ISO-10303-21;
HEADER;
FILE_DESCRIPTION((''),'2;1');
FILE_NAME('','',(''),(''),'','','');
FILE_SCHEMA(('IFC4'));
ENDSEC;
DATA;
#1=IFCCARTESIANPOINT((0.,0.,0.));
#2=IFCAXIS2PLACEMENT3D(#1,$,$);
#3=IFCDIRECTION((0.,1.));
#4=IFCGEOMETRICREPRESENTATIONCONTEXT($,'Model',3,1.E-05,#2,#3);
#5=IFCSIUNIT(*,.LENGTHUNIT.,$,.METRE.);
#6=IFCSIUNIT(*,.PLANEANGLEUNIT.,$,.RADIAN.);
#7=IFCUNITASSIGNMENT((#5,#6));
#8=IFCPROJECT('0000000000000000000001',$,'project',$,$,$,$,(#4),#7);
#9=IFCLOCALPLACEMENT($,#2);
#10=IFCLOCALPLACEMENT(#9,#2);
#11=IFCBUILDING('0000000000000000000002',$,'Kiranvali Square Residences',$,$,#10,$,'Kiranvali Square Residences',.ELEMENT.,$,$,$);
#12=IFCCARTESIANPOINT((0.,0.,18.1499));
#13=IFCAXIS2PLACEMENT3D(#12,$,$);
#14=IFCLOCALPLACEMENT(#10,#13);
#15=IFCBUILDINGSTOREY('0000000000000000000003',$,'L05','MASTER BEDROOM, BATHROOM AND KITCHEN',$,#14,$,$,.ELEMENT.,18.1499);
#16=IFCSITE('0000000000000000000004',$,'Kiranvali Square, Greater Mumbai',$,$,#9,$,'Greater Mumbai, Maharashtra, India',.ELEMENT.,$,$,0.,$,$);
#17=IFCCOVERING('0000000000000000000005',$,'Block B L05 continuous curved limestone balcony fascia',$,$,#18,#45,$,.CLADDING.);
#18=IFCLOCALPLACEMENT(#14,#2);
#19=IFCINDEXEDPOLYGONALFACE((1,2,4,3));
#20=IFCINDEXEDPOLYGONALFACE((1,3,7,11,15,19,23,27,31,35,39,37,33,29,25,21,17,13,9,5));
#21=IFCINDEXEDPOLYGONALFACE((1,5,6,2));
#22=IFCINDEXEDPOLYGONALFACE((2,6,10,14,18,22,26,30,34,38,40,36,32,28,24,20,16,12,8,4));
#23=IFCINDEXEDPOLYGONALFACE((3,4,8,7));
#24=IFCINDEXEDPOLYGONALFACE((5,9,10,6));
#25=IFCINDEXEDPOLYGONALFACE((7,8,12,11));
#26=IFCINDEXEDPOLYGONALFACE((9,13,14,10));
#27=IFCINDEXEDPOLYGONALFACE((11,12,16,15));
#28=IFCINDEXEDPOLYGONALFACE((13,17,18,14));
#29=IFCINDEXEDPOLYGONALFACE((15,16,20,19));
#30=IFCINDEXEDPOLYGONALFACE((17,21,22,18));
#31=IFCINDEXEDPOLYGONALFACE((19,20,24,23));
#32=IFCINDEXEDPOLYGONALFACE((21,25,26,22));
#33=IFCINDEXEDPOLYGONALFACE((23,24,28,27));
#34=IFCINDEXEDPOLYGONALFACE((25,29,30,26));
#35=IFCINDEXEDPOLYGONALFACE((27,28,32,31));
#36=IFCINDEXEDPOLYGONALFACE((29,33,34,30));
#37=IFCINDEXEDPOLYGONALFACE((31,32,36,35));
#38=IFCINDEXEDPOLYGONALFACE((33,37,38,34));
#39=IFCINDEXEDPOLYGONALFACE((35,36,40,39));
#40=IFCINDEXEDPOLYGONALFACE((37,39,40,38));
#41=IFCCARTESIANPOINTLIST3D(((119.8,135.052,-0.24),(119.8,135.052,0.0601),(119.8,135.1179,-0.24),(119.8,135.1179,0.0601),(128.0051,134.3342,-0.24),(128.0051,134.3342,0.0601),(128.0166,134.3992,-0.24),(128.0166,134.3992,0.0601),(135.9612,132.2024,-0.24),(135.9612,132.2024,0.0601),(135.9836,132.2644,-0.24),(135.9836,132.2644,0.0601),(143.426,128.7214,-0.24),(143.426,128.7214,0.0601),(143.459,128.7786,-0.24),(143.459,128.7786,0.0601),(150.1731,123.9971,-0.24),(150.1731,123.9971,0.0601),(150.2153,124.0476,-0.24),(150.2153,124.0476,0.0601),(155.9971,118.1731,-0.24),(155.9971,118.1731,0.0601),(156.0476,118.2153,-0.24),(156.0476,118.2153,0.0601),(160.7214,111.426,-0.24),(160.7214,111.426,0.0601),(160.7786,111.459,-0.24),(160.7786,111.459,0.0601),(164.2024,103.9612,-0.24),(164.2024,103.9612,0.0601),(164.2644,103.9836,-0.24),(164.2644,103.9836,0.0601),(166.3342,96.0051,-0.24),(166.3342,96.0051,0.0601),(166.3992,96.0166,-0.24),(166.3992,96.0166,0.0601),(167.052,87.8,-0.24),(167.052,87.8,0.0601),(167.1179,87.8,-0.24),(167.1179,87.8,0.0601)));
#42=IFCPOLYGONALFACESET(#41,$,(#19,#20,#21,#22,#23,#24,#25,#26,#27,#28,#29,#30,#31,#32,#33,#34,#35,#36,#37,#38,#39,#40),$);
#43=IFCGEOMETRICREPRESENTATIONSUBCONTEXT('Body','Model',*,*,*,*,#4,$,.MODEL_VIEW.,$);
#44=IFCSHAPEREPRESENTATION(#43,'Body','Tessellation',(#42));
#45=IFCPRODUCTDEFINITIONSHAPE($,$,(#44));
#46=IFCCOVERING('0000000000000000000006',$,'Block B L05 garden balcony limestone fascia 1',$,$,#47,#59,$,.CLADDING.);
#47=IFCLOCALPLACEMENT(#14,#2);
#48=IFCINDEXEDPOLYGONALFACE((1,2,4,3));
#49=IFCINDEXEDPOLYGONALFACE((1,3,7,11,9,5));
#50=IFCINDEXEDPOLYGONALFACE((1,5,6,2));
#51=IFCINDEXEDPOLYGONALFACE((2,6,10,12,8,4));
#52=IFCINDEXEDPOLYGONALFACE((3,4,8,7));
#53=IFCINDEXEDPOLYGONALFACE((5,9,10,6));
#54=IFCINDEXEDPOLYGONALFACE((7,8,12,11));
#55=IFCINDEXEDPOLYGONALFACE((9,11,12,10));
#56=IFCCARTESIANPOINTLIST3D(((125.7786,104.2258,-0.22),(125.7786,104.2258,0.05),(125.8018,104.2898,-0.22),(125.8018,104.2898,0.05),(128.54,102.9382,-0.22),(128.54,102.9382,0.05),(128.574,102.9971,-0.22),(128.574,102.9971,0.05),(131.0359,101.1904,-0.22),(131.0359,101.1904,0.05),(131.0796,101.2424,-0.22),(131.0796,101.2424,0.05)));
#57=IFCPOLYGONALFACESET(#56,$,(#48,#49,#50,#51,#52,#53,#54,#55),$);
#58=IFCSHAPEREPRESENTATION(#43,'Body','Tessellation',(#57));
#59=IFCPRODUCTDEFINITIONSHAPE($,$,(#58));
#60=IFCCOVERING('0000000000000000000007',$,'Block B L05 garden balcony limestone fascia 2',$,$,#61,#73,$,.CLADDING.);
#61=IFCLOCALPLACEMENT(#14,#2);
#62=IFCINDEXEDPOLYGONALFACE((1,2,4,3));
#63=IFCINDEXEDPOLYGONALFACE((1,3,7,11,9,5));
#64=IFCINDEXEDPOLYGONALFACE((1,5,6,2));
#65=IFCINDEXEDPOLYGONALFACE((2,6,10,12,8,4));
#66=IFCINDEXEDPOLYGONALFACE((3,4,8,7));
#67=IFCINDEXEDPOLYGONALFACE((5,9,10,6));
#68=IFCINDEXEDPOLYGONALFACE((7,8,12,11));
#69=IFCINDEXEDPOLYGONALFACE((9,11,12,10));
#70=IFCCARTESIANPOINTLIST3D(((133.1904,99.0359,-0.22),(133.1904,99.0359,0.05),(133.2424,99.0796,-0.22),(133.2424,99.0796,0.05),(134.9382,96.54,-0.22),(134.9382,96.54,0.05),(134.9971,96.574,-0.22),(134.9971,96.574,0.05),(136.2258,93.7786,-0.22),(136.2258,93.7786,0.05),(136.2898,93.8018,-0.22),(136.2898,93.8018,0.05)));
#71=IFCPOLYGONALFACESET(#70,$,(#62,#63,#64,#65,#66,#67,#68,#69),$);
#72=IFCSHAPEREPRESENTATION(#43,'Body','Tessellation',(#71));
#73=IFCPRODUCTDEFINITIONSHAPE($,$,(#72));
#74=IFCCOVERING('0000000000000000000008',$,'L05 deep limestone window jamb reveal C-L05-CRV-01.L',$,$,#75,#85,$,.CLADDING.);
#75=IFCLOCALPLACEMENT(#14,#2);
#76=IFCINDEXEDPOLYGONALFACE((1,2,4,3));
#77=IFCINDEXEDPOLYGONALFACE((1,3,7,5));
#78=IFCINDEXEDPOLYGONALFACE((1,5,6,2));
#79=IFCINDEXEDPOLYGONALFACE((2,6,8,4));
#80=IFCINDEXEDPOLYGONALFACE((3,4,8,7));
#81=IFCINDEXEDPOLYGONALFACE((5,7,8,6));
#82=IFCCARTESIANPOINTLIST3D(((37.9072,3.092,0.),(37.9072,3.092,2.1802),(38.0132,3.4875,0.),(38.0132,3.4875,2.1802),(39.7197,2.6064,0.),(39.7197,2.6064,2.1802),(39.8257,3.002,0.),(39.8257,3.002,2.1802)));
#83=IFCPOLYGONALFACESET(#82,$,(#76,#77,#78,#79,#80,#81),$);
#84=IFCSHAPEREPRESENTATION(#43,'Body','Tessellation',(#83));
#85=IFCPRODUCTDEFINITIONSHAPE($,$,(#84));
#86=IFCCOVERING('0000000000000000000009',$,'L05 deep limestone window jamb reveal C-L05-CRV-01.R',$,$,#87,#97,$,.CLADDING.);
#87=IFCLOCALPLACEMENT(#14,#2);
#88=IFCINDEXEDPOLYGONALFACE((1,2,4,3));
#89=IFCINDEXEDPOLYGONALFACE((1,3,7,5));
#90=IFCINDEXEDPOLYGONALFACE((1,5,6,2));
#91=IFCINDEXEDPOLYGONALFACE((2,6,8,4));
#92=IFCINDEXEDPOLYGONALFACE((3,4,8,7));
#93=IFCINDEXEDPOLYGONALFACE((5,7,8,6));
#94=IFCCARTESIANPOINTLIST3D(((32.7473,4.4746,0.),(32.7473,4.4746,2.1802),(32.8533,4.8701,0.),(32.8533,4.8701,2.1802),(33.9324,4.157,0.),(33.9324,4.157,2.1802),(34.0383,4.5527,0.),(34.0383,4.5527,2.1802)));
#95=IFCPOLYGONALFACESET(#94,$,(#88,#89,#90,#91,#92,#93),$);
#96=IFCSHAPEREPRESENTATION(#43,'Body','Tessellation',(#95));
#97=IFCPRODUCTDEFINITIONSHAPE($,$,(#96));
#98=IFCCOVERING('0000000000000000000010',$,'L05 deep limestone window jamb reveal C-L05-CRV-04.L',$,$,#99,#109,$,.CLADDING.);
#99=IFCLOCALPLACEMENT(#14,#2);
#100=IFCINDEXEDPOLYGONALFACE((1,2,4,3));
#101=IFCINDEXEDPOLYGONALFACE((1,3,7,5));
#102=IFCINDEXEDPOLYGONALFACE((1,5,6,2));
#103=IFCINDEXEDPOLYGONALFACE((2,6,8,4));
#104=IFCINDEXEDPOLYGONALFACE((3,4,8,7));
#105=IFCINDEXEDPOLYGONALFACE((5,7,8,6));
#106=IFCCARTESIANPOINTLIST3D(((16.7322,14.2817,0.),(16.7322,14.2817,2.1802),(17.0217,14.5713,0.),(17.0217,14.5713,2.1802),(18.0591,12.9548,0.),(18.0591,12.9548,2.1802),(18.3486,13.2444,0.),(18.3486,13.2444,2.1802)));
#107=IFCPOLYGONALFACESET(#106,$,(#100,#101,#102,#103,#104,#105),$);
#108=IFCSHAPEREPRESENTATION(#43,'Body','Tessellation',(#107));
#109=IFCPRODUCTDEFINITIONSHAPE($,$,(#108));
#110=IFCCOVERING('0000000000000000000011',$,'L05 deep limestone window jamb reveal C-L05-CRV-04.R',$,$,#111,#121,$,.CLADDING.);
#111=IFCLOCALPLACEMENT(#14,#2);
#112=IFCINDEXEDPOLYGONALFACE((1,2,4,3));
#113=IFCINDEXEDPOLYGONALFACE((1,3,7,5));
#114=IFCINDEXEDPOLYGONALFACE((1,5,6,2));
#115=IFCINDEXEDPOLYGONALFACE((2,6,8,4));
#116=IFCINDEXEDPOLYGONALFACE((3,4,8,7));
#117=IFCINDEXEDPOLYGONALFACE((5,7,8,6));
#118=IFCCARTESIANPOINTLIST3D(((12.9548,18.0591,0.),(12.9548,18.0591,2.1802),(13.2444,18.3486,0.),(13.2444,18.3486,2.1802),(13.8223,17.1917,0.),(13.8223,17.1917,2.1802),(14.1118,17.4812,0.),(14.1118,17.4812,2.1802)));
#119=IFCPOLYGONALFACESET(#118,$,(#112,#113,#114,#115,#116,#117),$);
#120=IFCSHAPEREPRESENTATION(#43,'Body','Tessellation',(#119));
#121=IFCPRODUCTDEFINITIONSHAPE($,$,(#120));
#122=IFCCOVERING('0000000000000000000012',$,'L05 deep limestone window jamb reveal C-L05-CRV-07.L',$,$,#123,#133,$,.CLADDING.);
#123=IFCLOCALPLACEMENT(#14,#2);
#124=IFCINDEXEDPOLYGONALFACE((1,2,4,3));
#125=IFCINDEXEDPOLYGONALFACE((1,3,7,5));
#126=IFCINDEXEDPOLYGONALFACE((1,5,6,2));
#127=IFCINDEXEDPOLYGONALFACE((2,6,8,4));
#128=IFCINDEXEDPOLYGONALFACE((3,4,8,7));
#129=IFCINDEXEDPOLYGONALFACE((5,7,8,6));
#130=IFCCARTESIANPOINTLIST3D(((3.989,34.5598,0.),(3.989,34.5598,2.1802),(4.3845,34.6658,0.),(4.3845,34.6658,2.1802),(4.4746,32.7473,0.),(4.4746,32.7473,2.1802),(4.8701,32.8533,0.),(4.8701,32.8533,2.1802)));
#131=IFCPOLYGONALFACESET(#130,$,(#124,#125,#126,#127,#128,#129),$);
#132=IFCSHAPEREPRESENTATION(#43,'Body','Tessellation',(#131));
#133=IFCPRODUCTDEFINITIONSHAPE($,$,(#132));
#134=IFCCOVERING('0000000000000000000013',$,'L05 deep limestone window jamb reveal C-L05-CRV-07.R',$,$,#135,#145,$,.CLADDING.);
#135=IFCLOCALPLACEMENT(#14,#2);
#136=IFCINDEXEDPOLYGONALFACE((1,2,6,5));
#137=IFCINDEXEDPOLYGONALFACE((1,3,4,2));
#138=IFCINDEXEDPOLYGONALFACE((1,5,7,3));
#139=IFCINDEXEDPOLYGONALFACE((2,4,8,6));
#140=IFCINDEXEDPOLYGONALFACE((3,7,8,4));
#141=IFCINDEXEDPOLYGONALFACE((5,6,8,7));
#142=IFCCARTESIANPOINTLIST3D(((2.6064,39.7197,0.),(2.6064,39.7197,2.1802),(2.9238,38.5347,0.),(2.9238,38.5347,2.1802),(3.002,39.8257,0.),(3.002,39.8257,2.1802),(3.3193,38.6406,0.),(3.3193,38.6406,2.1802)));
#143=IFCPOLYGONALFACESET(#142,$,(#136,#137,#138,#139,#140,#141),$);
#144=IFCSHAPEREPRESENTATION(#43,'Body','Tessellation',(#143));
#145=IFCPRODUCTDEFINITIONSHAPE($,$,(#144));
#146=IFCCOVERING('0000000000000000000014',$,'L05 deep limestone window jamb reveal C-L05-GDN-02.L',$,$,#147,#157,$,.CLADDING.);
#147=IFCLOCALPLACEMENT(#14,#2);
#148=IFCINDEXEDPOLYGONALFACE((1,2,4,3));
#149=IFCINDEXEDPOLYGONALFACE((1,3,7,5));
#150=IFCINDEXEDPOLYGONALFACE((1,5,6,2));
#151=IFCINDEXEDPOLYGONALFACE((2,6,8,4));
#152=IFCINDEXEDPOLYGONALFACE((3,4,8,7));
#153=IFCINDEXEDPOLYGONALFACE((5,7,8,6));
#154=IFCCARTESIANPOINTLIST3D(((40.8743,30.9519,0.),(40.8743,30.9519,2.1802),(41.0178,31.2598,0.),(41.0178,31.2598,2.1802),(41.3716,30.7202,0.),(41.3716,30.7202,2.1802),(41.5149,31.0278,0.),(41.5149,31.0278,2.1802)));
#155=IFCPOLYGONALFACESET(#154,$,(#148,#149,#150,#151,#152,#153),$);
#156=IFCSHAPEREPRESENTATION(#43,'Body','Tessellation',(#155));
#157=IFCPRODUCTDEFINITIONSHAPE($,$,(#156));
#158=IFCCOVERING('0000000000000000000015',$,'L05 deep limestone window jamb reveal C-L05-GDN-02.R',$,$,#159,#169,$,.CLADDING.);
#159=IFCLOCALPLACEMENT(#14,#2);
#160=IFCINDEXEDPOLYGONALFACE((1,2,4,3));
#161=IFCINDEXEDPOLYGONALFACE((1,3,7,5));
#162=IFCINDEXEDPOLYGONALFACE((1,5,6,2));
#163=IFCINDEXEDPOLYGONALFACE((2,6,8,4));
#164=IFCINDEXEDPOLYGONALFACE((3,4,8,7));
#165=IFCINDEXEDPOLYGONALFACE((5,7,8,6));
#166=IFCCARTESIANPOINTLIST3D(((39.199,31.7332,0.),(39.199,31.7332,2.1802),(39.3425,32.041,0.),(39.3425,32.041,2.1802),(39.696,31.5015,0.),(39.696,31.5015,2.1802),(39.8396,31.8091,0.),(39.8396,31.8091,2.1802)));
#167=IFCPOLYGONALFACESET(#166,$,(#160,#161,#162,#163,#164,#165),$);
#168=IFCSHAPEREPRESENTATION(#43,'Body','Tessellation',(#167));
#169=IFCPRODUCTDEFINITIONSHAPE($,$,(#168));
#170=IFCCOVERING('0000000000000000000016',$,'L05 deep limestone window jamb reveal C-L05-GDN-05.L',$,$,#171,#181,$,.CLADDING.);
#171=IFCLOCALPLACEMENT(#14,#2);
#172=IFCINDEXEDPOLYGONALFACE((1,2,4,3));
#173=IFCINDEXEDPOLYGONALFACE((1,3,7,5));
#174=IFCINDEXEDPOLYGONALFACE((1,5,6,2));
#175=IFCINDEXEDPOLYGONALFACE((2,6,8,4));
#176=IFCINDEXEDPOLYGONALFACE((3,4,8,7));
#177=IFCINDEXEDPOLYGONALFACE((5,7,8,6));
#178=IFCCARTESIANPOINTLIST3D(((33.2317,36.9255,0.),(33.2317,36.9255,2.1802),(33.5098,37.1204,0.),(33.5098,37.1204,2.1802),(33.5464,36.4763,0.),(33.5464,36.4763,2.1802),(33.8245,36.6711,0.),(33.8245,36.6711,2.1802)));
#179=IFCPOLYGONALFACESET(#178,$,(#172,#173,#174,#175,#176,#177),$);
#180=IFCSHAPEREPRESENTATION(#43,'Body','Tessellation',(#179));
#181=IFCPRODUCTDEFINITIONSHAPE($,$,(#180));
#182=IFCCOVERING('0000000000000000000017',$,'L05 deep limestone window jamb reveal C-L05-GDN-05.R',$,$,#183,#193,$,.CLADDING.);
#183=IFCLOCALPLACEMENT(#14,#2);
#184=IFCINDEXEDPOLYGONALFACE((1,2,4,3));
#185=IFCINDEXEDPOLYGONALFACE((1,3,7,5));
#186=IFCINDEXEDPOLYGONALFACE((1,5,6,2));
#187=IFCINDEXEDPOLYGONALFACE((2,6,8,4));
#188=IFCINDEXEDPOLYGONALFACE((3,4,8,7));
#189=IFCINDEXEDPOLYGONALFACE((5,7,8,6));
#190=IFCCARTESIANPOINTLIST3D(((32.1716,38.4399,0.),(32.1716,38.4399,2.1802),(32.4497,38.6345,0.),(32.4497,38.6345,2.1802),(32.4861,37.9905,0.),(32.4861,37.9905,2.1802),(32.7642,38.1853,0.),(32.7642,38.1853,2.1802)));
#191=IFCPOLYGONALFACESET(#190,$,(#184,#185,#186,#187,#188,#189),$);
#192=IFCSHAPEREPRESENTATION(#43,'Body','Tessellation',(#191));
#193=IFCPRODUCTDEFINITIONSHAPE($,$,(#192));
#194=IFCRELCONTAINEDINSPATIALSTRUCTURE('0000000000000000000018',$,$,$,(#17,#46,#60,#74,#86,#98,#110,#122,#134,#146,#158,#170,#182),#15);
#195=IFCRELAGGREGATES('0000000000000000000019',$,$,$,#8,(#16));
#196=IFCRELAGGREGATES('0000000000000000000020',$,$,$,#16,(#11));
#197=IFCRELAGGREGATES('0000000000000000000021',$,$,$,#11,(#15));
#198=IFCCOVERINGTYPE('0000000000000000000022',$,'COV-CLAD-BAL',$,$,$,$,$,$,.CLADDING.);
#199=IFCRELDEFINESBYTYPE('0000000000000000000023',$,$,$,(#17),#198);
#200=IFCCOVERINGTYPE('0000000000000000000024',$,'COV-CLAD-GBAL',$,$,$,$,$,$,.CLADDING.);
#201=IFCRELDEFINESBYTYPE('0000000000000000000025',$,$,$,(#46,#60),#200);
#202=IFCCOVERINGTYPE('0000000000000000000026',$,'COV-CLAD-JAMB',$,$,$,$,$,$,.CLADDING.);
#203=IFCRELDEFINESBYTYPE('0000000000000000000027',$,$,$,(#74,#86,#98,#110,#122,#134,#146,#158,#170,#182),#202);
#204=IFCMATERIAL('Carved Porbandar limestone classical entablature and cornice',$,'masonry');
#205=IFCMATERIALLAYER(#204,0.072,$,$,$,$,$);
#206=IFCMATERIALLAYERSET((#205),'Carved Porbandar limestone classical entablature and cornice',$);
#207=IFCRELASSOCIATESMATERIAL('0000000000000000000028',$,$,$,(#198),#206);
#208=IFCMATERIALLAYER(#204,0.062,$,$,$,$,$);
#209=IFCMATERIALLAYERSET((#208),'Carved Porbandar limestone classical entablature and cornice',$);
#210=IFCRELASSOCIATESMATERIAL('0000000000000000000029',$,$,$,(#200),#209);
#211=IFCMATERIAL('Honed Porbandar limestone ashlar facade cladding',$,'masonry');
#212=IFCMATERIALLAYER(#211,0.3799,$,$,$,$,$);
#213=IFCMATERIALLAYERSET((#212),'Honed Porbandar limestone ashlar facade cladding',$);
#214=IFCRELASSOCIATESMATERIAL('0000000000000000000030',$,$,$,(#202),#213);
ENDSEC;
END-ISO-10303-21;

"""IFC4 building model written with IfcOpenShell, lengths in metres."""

from ifc_helpers import new_model, si_unit, direction, frame, origin, place, context, subcontext, project, spatial, polyline, outline, extrude, material, layer, layer_set, type_object, element, save


model = new_model("IFC4")

# Units and contexts
model_context = context("Model", 3, precision=1e-05, world=origin(), true_north=direction((0.0, 1.0)))
body_context = subcontext(model_context, "Body", "Model", "MODEL_VIEW")
ifc_project = project(units=[si_unit("LENGTHUNIT", "METRE"), si_unit("PLANEANGLEUNIT", "RADIAN")], contexts=[model_context])

# Site, building, storey
site_placement = place(None, origin())
site = spatial("IfcSite", under=ifc_project, at=site_placement, Name="Kiranvali Square, Greater Mumbai", LongName="Greater Mumbai, Maharashtra, India", CompositionType="ELEMENT", RefElevation=0.0)
building_placement = place(site_placement, origin())
building = spatial("IfcBuilding", under=site, at=building_placement, Name="Kiranvali Square Residences", LongName="Kiranvali Square Residences", CompositionType="ELEMENT")
storey_placement = place(building_placement, frame((0.0, 0.0, 18.1499)))
storey = spatial("IfcBuildingStorey", under=building, at=storey_placement, Name="L05", Description="MASTER BEDROOM, BATHROOM AND KITCHEN", CompositionType="ELEMENT", Elevation=18.1499)

# Coverings
ifc_material_1 = material(Name="Carved Porbandar limestone classical entablature and cornice", Category="masonry")
ifc_layer_1 = layer(ifc_material_1, 0.072)
ifc_layer_set_1 = layer_set([ifc_layer_1], Name="Carved Porbandar limestone classical entablature and cornice")
covering_type_1 = type_object("IfcCoveringType", Name="COV-CLAD-BAL", PredefinedType="CLADDING", material=ifc_layer_set_1)
covering_1_placement = place(storey_placement, frame((0.0, 0.0, -0.24)))
element("IfcCovering", 1, at=covering_1_placement, inside=storey, type_object=covering_type_1, Name="Block B L05 continuous curved limestone balcony fascia", PredefinedType="CLADDING", context=body_context, shape_type="SweptSolid", body=[
    extrude(outline(polyline([(119.8, 135.052), (128.0051, 134.3342), (135.9612, 132.2024), (143.426, 128.7214), (150.1731, 123.9971), (155.9971, 118.1731), (160.7214, 111.426), (164.2024, 103.9612), (166.3342, 96.0051), (167.052, 87.8), (167.1179, 87.8), (166.3992, 96.0166), (164.2644, 103.9836), (160.7786, 111.459), (156.0476, 118.2153), (150.2153, 124.0476), (143.459, 128.7786), (135.9836, 132.2644), (128.0166, 134.3992), (119.8, 135.1179), (119.8, 135.052)])), origin(), (0.0, 0.0, 1.0), 0.3),
])
ifc_layer_2 = layer(ifc_material_1, 0.062)
ifc_layer_set_2 = layer_set([ifc_layer_2], Name="Carved Porbandar limestone classical entablature and cornice")
covering_type_2 = type_object("IfcCoveringType", Name="COV-CLAD-GBAL", PredefinedType="CLADDING", material=ifc_layer_set_2)
covering_2_placement = place(storey_placement, frame((0.0, 0.0, -0.22)))
element("IfcCovering", 2, at=covering_2_placement, inside=storey, type_object=covering_type_2, Name="Block B L05 garden balcony limestone fascia 1", PredefinedType="CLADDING", context=body_context, shape_type="SweptSolid", body=[
    extrude(outline(polyline([(125.7786, 104.2258), (128.54, 102.9382), (131.0359, 101.1904), (131.0796, 101.2424), (128.574, 102.9971), (125.8018, 104.2898), (125.7786, 104.2258)])), origin(), (0.0, 0.0, 1.0), 0.27),
])
covering_3_placement = place(storey_placement, frame((0.0, 0.0, -0.22)))
element("IfcCovering", 3, at=covering_3_placement, inside=storey, type_object=covering_type_2, Name="Block B L05 garden balcony limestone fascia 2", PredefinedType="CLADDING", context=body_context, shape_type="SweptSolid", body=[
    extrude(outline(polyline([(133.1904, 99.0359), (134.9382, 96.54), (136.2258, 93.7786), (136.2898, 93.8018), (134.9971, 96.574), (133.2424, 99.0796), (133.1904, 99.0359)])), origin(), (0.0, 0.0, 1.0), 0.27),
])
ifc_material_2 = material(Name="Honed Porbandar limestone ashlar facade cladding", Category="masonry")
ifc_layer_3 = layer(ifc_material_2, 0.3799)
ifc_layer_set_3 = layer_set([ifc_layer_3], Name="Honed Porbandar limestone ashlar facade cladding")
covering_type_3 = type_object("IfcCoveringType", Name="COV-CLAD-JAMB", PredefinedType="CLADDING", material=ifc_layer_set_3)
covering_4_placement = place(storey_placement, origin())
element("IfcCovering", 4, at=covering_4_placement, inside=storey, type_object=covering_type_3, Name="L05 deep limestone window jamb reveal C-L05-CRV-01.L", PredefinedType="CLADDING", context=body_context, shape_type="SweptSolid", body=[
    extrude(outline(polyline([(39.8257, 3.002), (38.0132, 3.4875), (37.9072, 3.092), (39.7197, 2.6064), (39.8257, 3.002)])), origin(), (0.0, 0.0, 1.0), 2.1802),
])
covering_5_placement = place(storey_placement, origin())
element("IfcCovering", 5, at=covering_5_placement, inside=storey, type_object=covering_type_3, Name="L05 deep limestone window jamb reveal C-L05-CRV-01.R", PredefinedType="CLADDING", context=body_context, shape_type="SweptSolid", body=[
    extrude(outline(polyline([(34.0383, 4.5527), (32.8533, 4.8701), (32.7473, 4.4746), (33.9324, 4.157), (34.0383, 4.5527)])), origin(), (0.0, 0.0, 1.0), 2.1802),
])
covering_6_placement = place(storey_placement, origin())
element("IfcCovering", 6, at=covering_6_placement, inside=storey, type_object=covering_type_3, Name="L05 deep limestone window jamb reveal C-L05-CRV-04.L", PredefinedType="CLADDING", context=body_context, shape_type="SweptSolid", body=[
    extrude(outline(polyline([(18.3486, 13.2444), (17.0217, 14.5713), (16.7322, 14.2817), (18.0591, 12.9548), (18.3486, 13.2444)])), origin(), (0.0, 0.0, 1.0), 2.1802),
])
covering_7_placement = place(storey_placement, origin())
element("IfcCovering", 7, at=covering_7_placement, inside=storey, type_object=covering_type_3, Name="L05 deep limestone window jamb reveal C-L05-CRV-04.R", PredefinedType="CLADDING", context=body_context, shape_type="SweptSolid", body=[
    extrude(outline(polyline([(14.1118, 17.4812), (13.2444, 18.3486), (12.9548, 18.0591), (13.8223, 17.1917), (14.1118, 17.4812)])), origin(), (0.0, 0.0, 1.0), 2.1802),
])
covering_8_placement = place(storey_placement, origin())
element("IfcCovering", 8, at=covering_8_placement, inside=storey, type_object=covering_type_3, Name="L05 deep limestone window jamb reveal C-L05-CRV-07.L", PredefinedType="CLADDING", context=body_context, shape_type="SweptSolid", body=[
    extrude(outline(polyline([(4.8701, 32.8533), (4.3845, 34.6658), (3.989, 34.5598), (4.4746, 32.7473), (4.8701, 32.8533)])), origin(), (0.0, 0.0, 1.0), 2.1802),
])
covering_9_placement = place(storey_placement, origin())
element("IfcCovering", 9, at=covering_9_placement, inside=storey, type_object=covering_type_3, Name="L05 deep limestone window jamb reveal C-L05-CRV-07.R", PredefinedType="CLADDING", context=body_context, shape_type="SweptSolid", body=[
    extrude(outline(polyline([(3.3193, 38.6406), (3.002, 39.8257), (2.6064, 39.7197), (2.9238, 38.5347), (3.3193, 38.6406)])), origin(), (0.0, 0.0, 1.0), 2.1802),
])
covering_10_placement = place(storey_placement, origin())
element("IfcCovering", 10, at=covering_10_placement, inside=storey, type_object=covering_type_3, Name="L05 deep limestone window jamb reveal C-L05-GDN-02.L", PredefinedType="CLADDING", context=body_context, shape_type="SweptSolid", body=[
    extrude(outline(polyline([(41.5149, 31.0278), (41.0178, 31.2598), (40.8743, 30.9519), (41.3716, 30.7202), (41.5149, 31.0278)])), origin(), (0.0, 0.0, 1.0), 2.1802),
])
covering_11_placement = place(storey_placement, origin())
element("IfcCovering", 11, at=covering_11_placement, inside=storey, type_object=covering_type_3, Name="L05 deep limestone window jamb reveal C-L05-GDN-02.R", PredefinedType="CLADDING", context=body_context, shape_type="SweptSolid", body=[
    extrude(outline(polyline([(39.8396, 31.8091), (39.3425, 32.041), (39.199, 31.7332), (39.696, 31.5015), (39.8396, 31.8091)])), origin(), (0.0, 0.0, 1.0), 2.1802),
])
covering_12_placement = place(storey_placement, origin())
element("IfcCovering", 12, at=covering_12_placement, inside=storey, type_object=covering_type_3, Name="L05 deep limestone window jamb reveal C-L05-GDN-05.L", PredefinedType="CLADDING", context=body_context, shape_type="SweptSolid", body=[
    extrude(outline(polyline([(33.8245, 36.6711), (33.5098, 37.1204), (33.2317, 36.9255), (33.5464, 36.4763), (33.8245, 36.6711)])), origin(), (0.0, 0.0, 1.0), 2.1802),
])
covering_13_placement = place(storey_placement, origin())
element("IfcCovering", 13, at=covering_13_placement, inside=storey, type_object=covering_type_3, Name="L05 deep limestone window jamb reveal C-L05-GDN-05.R", PredefinedType="CLADDING", context=body_context, shape_type="SweptSolid", body=[
    extrude(outline(polyline([(32.7642, 38.1853), (32.4497, 38.6345), (32.1716, 38.4399), (32.4861, 37.9905), (32.7642, 38.1853)])), origin(), (0.0, 0.0, 1.0), 2.1802),
])

save(model, "model.ifc")
